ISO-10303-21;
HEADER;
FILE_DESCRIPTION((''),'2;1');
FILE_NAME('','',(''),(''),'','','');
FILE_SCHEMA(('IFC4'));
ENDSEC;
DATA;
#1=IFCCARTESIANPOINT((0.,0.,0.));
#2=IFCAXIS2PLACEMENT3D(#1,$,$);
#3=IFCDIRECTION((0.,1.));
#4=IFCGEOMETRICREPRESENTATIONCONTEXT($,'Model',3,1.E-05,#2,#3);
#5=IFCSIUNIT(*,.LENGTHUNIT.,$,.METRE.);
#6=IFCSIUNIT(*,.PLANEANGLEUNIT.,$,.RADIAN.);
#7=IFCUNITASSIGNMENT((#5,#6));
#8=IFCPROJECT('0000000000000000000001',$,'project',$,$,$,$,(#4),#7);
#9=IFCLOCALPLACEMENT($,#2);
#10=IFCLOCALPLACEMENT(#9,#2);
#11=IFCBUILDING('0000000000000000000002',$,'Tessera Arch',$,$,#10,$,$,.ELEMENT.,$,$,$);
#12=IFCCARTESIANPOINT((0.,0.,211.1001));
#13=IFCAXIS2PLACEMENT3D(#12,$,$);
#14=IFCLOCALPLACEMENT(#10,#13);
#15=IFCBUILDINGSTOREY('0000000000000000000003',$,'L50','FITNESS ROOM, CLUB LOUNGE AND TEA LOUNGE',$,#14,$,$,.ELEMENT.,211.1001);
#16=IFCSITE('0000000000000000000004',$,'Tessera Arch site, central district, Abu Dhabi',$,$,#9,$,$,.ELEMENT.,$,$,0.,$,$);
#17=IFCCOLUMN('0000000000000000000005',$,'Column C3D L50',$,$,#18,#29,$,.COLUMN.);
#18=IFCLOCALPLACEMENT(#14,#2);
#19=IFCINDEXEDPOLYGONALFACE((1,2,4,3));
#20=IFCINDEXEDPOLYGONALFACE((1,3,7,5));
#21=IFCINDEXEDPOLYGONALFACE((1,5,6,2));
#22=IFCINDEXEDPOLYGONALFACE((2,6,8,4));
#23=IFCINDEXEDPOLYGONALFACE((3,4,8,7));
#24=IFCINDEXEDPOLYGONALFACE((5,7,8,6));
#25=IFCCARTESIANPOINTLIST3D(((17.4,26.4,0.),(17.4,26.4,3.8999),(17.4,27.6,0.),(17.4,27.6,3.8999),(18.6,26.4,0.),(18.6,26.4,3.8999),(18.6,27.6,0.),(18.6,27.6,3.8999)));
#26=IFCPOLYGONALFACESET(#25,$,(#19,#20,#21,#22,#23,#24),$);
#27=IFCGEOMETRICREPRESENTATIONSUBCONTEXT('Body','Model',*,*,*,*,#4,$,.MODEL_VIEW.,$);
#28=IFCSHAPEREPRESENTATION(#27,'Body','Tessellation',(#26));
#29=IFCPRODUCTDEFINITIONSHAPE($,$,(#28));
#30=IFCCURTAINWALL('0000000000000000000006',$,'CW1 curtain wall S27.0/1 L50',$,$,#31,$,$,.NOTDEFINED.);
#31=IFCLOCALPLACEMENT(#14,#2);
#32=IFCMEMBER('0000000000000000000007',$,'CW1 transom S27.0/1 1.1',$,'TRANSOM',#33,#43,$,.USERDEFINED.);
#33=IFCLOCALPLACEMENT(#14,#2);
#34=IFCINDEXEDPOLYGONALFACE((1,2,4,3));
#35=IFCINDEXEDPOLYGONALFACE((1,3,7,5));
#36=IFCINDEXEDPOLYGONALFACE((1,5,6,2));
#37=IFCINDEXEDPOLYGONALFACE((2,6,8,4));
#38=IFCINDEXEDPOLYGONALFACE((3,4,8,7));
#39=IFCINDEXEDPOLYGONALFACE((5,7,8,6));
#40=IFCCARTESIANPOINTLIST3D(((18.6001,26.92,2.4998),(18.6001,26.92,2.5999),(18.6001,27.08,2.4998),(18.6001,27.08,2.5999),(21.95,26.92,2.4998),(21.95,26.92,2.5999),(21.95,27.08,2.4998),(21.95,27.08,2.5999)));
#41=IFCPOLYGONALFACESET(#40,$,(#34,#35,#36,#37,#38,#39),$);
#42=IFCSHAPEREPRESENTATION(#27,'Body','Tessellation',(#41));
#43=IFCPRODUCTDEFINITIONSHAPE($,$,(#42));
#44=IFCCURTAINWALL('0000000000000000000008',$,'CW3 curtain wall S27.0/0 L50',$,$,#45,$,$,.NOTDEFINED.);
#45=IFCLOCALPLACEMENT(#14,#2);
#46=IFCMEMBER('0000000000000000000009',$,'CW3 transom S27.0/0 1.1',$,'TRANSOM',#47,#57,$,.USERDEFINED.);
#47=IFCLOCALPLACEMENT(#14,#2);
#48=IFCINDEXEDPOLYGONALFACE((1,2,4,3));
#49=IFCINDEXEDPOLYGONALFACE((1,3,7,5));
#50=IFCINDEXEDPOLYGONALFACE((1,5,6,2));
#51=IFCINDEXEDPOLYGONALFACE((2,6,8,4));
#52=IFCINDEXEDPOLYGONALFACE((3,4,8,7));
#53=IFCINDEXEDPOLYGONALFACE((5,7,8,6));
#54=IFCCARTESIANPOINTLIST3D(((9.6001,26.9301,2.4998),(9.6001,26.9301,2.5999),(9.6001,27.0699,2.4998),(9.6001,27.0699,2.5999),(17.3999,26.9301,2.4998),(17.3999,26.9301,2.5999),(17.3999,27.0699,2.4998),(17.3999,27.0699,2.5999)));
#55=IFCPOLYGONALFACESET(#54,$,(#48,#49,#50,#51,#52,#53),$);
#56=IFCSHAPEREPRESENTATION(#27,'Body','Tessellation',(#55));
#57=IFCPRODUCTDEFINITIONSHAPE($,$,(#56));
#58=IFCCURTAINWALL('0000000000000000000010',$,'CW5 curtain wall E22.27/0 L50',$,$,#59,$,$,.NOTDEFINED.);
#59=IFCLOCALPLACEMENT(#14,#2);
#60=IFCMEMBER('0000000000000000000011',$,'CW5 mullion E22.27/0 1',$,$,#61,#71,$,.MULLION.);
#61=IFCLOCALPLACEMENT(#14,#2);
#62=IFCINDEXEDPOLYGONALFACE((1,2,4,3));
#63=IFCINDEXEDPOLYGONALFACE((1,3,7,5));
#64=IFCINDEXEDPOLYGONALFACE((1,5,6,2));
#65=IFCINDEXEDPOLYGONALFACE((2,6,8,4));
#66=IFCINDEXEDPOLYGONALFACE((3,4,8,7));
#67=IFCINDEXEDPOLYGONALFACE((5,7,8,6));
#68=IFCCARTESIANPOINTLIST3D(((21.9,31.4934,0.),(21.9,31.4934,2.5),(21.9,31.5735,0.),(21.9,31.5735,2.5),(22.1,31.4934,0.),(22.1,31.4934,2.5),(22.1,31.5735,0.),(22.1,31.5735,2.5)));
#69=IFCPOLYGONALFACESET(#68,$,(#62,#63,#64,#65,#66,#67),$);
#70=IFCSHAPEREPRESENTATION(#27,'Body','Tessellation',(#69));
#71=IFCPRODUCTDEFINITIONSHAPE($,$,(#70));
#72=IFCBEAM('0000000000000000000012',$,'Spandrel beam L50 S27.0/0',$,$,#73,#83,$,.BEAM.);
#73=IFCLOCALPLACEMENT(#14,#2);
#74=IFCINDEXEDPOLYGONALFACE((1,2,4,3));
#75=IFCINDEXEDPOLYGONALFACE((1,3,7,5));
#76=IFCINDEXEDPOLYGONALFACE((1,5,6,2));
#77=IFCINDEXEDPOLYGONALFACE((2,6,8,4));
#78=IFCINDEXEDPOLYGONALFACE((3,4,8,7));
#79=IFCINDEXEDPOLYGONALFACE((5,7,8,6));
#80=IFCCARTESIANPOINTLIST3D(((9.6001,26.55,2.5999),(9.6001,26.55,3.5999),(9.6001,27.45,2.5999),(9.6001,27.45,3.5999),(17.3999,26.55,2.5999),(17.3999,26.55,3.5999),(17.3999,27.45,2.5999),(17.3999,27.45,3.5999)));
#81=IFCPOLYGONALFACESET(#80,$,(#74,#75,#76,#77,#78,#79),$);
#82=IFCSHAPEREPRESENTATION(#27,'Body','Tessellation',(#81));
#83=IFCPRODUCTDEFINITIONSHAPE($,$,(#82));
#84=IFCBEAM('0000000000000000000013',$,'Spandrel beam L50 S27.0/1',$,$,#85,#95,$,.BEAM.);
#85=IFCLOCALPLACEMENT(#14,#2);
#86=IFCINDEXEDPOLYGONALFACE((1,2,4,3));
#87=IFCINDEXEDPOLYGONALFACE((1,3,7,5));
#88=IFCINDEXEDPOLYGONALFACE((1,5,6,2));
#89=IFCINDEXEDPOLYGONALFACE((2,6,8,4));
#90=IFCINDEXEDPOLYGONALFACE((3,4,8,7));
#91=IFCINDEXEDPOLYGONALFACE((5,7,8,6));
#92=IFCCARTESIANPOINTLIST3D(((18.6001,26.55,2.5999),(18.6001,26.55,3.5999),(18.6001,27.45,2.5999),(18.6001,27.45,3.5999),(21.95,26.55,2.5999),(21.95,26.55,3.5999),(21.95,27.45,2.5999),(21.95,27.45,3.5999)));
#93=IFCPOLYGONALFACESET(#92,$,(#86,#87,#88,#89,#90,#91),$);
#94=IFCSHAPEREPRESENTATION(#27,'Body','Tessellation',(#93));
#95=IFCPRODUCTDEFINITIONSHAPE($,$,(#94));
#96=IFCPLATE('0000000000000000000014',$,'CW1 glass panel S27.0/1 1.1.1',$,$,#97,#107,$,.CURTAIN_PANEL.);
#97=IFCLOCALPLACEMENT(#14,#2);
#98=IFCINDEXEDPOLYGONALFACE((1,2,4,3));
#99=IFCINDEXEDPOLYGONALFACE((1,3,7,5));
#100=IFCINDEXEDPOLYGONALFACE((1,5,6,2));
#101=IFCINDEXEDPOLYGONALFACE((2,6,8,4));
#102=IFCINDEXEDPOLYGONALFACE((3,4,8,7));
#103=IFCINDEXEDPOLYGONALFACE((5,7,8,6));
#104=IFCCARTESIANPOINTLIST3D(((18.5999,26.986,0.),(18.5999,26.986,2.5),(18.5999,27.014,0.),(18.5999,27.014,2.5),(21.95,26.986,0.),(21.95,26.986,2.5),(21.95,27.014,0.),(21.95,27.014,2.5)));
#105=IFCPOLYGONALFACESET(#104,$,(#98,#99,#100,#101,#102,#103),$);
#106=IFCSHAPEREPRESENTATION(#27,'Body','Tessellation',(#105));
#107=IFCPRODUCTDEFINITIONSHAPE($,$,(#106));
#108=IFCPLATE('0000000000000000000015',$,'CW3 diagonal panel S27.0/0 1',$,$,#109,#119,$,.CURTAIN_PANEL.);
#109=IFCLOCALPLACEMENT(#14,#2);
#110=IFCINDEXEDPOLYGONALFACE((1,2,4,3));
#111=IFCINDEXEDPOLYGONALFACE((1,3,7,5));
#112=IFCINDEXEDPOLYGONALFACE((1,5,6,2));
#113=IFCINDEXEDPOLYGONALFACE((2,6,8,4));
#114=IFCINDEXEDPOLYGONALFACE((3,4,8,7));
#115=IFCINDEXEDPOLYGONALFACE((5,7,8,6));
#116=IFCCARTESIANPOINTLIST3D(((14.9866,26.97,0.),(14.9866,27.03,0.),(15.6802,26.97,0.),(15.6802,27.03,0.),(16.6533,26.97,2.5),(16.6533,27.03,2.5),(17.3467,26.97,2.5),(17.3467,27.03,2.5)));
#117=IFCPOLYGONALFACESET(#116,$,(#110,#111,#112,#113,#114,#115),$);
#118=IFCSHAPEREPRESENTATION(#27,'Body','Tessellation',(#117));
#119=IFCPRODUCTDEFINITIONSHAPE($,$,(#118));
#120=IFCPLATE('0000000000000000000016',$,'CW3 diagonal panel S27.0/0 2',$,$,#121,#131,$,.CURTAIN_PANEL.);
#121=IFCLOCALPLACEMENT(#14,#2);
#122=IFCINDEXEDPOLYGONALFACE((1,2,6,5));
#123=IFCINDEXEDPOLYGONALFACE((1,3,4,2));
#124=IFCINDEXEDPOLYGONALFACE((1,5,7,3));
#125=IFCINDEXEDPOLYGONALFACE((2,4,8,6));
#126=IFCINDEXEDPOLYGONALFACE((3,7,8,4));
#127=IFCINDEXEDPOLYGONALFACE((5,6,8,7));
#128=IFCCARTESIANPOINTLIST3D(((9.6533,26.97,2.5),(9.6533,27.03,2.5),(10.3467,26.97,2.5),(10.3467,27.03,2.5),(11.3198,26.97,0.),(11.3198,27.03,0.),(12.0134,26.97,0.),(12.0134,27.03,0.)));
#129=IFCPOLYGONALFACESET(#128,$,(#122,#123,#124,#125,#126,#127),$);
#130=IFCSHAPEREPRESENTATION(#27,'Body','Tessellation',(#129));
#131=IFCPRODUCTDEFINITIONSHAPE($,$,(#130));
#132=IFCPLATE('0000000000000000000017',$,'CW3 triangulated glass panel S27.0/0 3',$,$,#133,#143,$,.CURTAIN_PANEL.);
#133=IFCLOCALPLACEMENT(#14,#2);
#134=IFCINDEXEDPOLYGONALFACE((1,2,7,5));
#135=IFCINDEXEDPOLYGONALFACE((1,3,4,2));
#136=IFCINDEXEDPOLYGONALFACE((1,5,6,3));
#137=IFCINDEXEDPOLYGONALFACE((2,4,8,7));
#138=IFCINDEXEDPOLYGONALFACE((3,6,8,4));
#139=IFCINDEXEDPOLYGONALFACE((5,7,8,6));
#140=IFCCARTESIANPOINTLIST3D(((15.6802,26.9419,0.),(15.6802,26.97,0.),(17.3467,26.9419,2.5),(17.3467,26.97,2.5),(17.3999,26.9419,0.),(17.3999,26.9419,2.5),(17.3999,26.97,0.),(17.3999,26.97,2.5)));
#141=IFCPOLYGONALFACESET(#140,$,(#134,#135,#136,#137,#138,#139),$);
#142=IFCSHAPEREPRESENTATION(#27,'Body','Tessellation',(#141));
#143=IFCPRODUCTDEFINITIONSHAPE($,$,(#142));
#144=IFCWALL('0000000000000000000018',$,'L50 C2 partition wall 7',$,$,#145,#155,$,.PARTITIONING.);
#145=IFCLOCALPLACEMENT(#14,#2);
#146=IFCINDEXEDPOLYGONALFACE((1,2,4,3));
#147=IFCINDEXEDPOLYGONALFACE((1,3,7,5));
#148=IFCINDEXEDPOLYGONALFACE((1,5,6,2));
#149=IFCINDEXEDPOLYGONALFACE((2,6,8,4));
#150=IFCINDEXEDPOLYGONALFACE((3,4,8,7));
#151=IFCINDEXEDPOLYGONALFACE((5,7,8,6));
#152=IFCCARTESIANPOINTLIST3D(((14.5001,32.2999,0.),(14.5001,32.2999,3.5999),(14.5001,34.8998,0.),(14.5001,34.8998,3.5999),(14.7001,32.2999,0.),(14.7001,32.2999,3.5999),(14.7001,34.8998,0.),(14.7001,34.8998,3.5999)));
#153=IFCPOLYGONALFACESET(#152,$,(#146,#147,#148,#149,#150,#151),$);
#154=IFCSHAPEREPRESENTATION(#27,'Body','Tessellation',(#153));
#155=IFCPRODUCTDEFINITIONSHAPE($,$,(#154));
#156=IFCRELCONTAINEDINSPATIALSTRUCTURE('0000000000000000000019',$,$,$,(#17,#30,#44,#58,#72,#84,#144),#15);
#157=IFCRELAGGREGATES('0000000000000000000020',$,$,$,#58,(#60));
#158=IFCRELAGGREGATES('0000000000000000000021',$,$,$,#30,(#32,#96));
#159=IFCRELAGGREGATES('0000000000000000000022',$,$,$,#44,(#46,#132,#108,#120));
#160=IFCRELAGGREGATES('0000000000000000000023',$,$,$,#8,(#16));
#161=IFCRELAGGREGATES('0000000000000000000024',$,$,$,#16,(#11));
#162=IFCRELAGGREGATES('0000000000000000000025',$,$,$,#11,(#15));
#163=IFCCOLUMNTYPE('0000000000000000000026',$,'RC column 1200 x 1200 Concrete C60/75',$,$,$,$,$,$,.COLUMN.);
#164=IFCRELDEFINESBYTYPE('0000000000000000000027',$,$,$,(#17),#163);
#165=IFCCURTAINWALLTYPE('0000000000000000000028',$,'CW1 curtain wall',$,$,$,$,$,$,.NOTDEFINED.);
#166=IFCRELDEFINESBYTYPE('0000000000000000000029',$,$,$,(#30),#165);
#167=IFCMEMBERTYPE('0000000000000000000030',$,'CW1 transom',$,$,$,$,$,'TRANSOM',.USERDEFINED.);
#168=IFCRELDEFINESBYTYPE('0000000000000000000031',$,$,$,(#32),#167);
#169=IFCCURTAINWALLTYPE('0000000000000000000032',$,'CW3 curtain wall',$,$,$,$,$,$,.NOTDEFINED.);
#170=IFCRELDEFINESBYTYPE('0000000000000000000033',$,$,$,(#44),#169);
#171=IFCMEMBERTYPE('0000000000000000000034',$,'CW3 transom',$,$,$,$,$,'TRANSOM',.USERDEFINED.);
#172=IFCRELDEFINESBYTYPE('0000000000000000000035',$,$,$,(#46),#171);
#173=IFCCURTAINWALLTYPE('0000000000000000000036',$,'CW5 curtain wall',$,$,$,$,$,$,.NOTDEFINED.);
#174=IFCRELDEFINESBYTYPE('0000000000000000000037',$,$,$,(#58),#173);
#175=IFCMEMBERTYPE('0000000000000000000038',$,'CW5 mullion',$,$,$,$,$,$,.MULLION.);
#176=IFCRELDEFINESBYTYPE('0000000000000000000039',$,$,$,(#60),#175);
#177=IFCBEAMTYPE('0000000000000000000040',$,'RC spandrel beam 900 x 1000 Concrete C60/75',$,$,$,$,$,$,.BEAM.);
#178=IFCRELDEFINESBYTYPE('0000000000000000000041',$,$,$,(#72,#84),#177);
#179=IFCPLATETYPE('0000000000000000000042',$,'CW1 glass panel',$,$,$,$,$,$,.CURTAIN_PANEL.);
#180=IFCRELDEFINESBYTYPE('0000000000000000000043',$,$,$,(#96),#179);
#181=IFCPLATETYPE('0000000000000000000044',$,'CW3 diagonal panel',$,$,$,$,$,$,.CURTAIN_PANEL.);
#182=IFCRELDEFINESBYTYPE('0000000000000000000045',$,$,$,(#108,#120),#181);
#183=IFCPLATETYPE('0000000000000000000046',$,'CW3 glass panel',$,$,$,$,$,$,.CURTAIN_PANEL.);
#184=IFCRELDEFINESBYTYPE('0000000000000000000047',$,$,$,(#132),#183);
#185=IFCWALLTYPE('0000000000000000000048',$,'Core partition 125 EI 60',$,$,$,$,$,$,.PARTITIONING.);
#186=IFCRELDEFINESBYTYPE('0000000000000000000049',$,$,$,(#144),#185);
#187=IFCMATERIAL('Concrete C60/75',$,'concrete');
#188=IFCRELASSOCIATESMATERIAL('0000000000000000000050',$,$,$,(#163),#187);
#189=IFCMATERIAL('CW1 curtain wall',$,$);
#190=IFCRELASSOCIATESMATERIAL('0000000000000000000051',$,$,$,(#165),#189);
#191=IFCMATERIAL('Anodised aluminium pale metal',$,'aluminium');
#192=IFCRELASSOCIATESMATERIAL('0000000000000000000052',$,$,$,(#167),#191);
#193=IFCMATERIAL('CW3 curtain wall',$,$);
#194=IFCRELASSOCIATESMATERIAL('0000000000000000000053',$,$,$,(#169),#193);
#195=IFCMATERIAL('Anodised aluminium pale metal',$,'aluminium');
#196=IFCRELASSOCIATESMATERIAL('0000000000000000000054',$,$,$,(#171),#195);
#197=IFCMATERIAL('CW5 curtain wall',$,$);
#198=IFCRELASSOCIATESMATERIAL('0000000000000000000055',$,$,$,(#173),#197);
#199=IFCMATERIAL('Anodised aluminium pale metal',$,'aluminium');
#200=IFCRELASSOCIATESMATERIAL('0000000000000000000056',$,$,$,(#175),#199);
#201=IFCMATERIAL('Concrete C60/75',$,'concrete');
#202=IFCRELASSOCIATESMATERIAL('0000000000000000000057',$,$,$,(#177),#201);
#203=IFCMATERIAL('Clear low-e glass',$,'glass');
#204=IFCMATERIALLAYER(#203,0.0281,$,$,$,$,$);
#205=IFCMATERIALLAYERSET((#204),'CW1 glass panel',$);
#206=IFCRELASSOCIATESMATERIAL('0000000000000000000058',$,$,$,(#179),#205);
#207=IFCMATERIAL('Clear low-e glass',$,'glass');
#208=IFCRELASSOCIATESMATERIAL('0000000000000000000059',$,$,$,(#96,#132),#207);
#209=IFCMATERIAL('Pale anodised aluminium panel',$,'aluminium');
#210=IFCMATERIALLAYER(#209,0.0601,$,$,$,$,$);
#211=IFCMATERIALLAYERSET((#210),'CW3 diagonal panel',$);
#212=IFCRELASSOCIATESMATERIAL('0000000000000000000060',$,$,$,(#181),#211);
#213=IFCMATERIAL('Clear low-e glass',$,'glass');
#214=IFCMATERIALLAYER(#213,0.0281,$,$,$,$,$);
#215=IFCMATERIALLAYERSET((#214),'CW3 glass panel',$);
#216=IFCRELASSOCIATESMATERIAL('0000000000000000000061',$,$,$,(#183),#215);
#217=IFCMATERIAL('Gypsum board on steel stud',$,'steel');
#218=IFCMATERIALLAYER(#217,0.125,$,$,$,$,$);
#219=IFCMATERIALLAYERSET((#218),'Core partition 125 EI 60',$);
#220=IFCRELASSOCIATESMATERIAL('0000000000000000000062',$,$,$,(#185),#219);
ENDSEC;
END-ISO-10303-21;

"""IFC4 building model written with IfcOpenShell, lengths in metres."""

from ifc_helpers import new_model, si_unit, direction, frame, frame_2d, origin, origin_2d, place, context, subcontext, project, spatial, polyline, rectangle, outline, extrude, material, layer, layer_set, material_profile, profile_set, type_object, element, aggregate, save


model = new_model("IFC4")

# Units and contexts
model_context = context("Model", 3, precision=1e-05, world=origin(), true_north=direction((0.0, 1.0)))
body_context = subcontext(model_context, "Body", "Model", "MODEL_VIEW")
ifc_project = project(units=[si_unit("LENGTHUNIT", "METRE"), si_unit("PLANEANGLEUNIT", "RADIAN")], contexts=[model_context])

# Site, building, storey
site_placement = place(None, origin())
site = spatial("IfcSite", under=ifc_project, at=site_placement, Name="Tessera Arch site, central district, Abu Dhabi", CompositionType="ELEMENT", RefElevation=0.0)
building_placement = place(site_placement, origin())
building = spatial("IfcBuilding", under=site, at=building_placement, Name="Tessera Arch", CompositionType="ELEMENT")
storey_placement = place(building_placement, frame((0.0, 0.0, 211.1001)))
storey = spatial("IfcBuildingStorey", under=building, at=storey_placement, Name="L50", Description="FITNESS ROOM, CLUB LOUNGE AND TEA LOUNGE", CompositionType="ELEMENT", Elevation=211.1001)

# Column
ifc_material_1 = material(Name="Concrete C60/75", Category="concrete")
ifc_material_profile_1 = material_profile(ifc_material_1, rectangle(XDim=1.2, YDim=1.2, at=origin_2d()), Name="RC column 1200 x 1200 Concrete C60/75")
ifc_profile_set_1 = profile_set([ifc_material_profile_1], Name="Concrete C60/75")
column_type = type_object("IfcColumnType", Name="RC column 1200 x 1200 Concrete C60/75", PredefinedType="COLUMN", material=ifc_profile_set_1)
column_placement = place(storey_placement, frame((18.0, 27.0, 0.0), z_axis=(0.0, 0.0, 1.0), x_axis=(1.0, 0.0, 0.0)))
element("IfcColumn", 1, at=column_placement, inside=storey, type_object=column_type, Name="Column C3D L50", PredefinedType="COLUMN", context=body_context, shape_type="SweptSolid", body=[
    extrude(rectangle(XDim=1.2, YDim=1.2, at=origin_2d()), origin(), (0.0, 0.0, 1.0), 3.8999),
])

# Curtain walls, members
ifc_material_2 = material(Name="CW1 curtain wall")
curtain_wall_type_1 = type_object("IfcCurtainWallType", Name="CW1 curtain wall", PredefinedType="NOTDEFINED", material=ifc_material_2)
curtain_wall_1_placement = place(storey_placement, origin())
curtain_wall_1 = element("IfcCurtainWall", 2, at=curtain_wall_1_placement, inside=storey, type_object=curtain_wall_type_1, Name="CW1 curtain wall S27.0/1 L50", PredefinedType="NOTDEFINED")
ifc_material_3 = material(Name="Anodised aluminium pale metal", Category="aluminium")
ifc_material_profile_2 = material_profile(ifc_material_3, rectangle(XDim=0.1599, YDim=0.1001, at=origin_2d()), Name="AL 160x100")
ifc_profile_set_2 = profile_set([ifc_material_profile_2], Name="Anodised aluminium pale metal")
member_type_1 = type_object("IfcMemberType", Name="CW1 transom", ElementType="TRANSOM", PredefinedType="USERDEFINED", material=ifc_profile_set_2)
member_1_placement = place(storey_placement, frame((18.6001, 27.0, 2.5498), z_axis=(1.0, 0.0, 0.0), x_axis=(0.0, 1.0, 0.0)))
member_1 = element("IfcMember", 3, at=member_1_placement, type_object=member_type_1, Name="CW1 transom S27.0/1 1.1", ObjectType="TRANSOM", PredefinedType="USERDEFINED", context=body_context, shape_type="SweptSolid", body=[
    extrude(rectangle(XDim=0.1599, YDim=0.1001, at=origin_2d()), origin(), (0.0, 0.0, 1.0), 3.3499),
])
ifc_material_4 = material(Name="CW3 curtain wall")
curtain_wall_type_2 = type_object("IfcCurtainWallType", Name="CW3 curtain wall", PredefinedType="NOTDEFINED", material=ifc_material_4)
curtain_wall_2_placement = place(storey_placement, origin())
curtain_wall_2 = element("IfcCurtainWall", 4, at=curtain_wall_2_placement, inside=storey, type_object=curtain_wall_type_2, Name="CW3 curtain wall S27.0/0 L50", PredefinedType="NOTDEFINED")
ifc_material_5 = material(Name="Anodised aluminium pale metal", Category="aluminium")
ifc_material_profile_3 = material_profile(ifc_material_5, rectangle(XDim=0.1399, YDim=0.1001, at=origin_2d()), Name="AL 140x100")
ifc_profile_set_3 = profile_set([ifc_material_profile_3], Name="Anodised aluminium pale metal")
member_type_2 = type_object("IfcMemberType", Name="CW3 transom", ElementType="TRANSOM", PredefinedType="USERDEFINED", material=ifc_profile_set_3)
member_2_placement = place(storey_placement, frame((9.6001, 27.0, 2.5498), z_axis=(1.0, 0.0, 0.0), x_axis=(0.0, 1.0, 0.0)))
member_2 = element("IfcMember", 5, at=member_2_placement, type_object=member_type_2, Name="CW3 transom S27.0/0 1.1", ObjectType="TRANSOM", PredefinedType="USERDEFINED", context=body_context, shape_type="SweptSolid", body=[
    extrude(rectangle(XDim=0.1399, YDim=0.1001, at=origin_2d()), origin(), (0.0, 0.0, 1.0), 7.7998),
])
ifc_material_6 = material(Name="CW5 curtain wall")
curtain_wall_type_3 = type_object("IfcCurtainWallType", Name="CW5 curtain wall", PredefinedType="NOTDEFINED", material=ifc_material_6)
curtain_wall_3_placement = place(storey_placement, origin())
curtain_wall_3 = element("IfcCurtainWall", 6, at=curtain_wall_3_placement, inside=storey, type_object=curtain_wall_type_3, Name="CW5 curtain wall E22.27/0 L50", PredefinedType="NOTDEFINED")
ifc_material_7 = material(Name="Anodised aluminium pale metal", Category="aluminium")
ifc_material_profile_4 = material_profile(ifc_material_7, rectangle(XDim=0.2, YDim=0.0801, at=origin_2d()), Name="AL 80x200")
ifc_profile_set_4 = profile_set([ifc_material_profile_4], Name="Anodised aluminium pale metal")
member_type_3 = type_object("IfcMemberType", Name="CW5 mullion", PredefinedType="MULLION", material=ifc_profile_set_4)
member_3_placement = place(storey_placement, frame((22.0, 31.5334, 0.0), z_axis=(0.0, 0.0, 1.0), x_axis=(-1.0, 0.0, 0.0)))
member_3 = element("IfcMember", 7, at=member_3_placement, type_object=member_type_3, Name="CW5 mullion E22.27/0 1", PredefinedType="MULLION", context=body_context, shape_type="SweptSolid", body=[
    extrude(rectangle(XDim=0.2, YDim=0.0801, at=origin_2d()), origin(), (0.0, 0.0, 1.0), 2.5),
])
aggregate(curtain_wall_3, [member_3])

# Beams
ifc_material_8 = material(Name="Concrete C60/75", Category="concrete")
ifc_material_profile_5 = material_profile(ifc_material_8, rectangle(XDim=0.8999, YDim=1.0, at=origin_2d()), Name="RC spandrel beam 900 x 1000 Concrete C60/75")
ifc_profile_set_5 = profile_set([ifc_material_profile_5], Name="Concrete C60/75")
beam_type = type_object("IfcBeamType", Name="RC spandrel beam 900 x 1000 Concrete C60/75", PredefinedType="BEAM", material=ifc_profile_set_5)
beam_1_placement = place(storey_placement, frame((9.6001, 27.0, 3.0999), z_axis=(1.0, 0.0, 0.0), x_axis=(0.0, 1.0, 0.0)))
element("IfcBeam", 8, at=beam_1_placement, inside=storey, type_object=beam_type, Name="Spandrel beam L50 S27.0/0", PredefinedType="BEAM", context=body_context, shape_type="SweptSolid", body=[
    extrude(rectangle(XDim=0.8999, YDim=1.0, at=origin_2d()), origin(), (0.0, 0.0, 1.0), 7.7998),
])
beam_2_placement = place(storey_placement, frame((18.6001, 27.0, 3.0999), z_axis=(1.0, 0.0, 0.0), x_axis=(0.0, 1.0, 0.0)))
element("IfcBeam", 9, at=beam_2_placement, inside=storey, type_object=beam_type, Name="Spandrel beam L50 S27.0/1", PredefinedType="BEAM", context=body_context, shape_type="SweptSolid", body=[
    extrude(rectangle(XDim=0.8999, YDim=1.0, at=origin_2d()), origin(), (0.0, 0.0, 1.0), 3.3499),
])

# Plates
ifc_material_9 = material(Name="Clear low-e glass", Category="glass")
ifc_material_10 = material(Name="Clear low-e glass", Category="glass")
ifc_layer_1 = layer(ifc_material_10, 0.0281)
ifc_layer_set_1 = layer_set([ifc_layer_1], Name="CW1 glass panel")
plate_type_1 = type_object("IfcPlateType", Name="CW1 glass panel", PredefinedType="CURTAIN_PANEL", material=ifc_layer_set_1)
plate_1_placement = place(storey_placement, frame((20.2749, 27.0, 0.0), z_axis=(0.0, 0.0, 1.0), x_axis=(1.0, 0.0, 0.0)))
plate_1 = element("IfcPlate", 10, at=plate_1_placement, type_object=plate_type_1, material=ifc_material_9, Name="CW1 glass panel S27.0/1 1.1.1", PredefinedType="CURTAIN_PANEL", context=body_context, shape_type="SweptSolid", body=[
    extrude(rectangle(XDim=3.3501, YDim=0.0281, at=origin_2d()), origin(), (0.0, 0.0, 1.0), 2.5),
])
aggregate(curtain_wall_1, [member_1, plate_1])
ifc_material_11 = material(Name="Pale anodised aluminium panel", Category="aluminium")
ifc_layer_2 = layer(ifc_material_11, 0.0601)
ifc_layer_set_2 = layer_set([ifc_layer_2], Name="CW3 diagonal panel")
plate_type_2 = type_object("IfcPlateType", Name="CW3 diagonal panel", PredefinedType="CURTAIN_PANEL", material=ifc_layer_set_2)
plate_2_placement = place(storey_placement, frame((17.3467, 26.97, 2.5), z_axis=(0.0, -1.0, 0.0), x_axis=(-1.0, 0.0, 0.0)))
plate_2 = element("IfcPlate", 11, at=plate_2_placement, type_object=plate_type_2, Name="CW3 diagonal panel S27.0/0 1", PredefinedType="CURTAIN_PANEL", context=body_context, shape_type="SweptSolid", body=[
    extrude(outline(polyline([(0.0, 0.0), (0.6934, 0.0), (2.3601, 2.5), (1.6665, 2.5), (0.0, 0.0)])), origin(), (0.0, 0.0, -1.0), 0.0601),
])
plate_3_placement = place(storey_placement, frame((10.3467, 26.97, 2.5), z_axis=(0.0, -1.0, 0.0), x_axis=(-1.0, 0.0, 0.0)))
plate_3 = element("IfcPlate", 12, at=plate_3_placement, type_object=plate_type_2, Name="CW3 diagonal panel S27.0/0 2", PredefinedType="CURTAIN_PANEL", context=body_context, shape_type="SweptSolid", body=[
    extrude(outline(polyline([(0.0, 0.0), (0.6934, 0.0), (-0.9731, 2.5), (-1.6667, 2.5), (0.0, 0.0)])), origin(), (0.0, 0.0, -1.0), 0.0601),
])
ifc_material_12 = material(Name="Clear low-e glass", Category="glass")
ifc_layer_3 = layer(ifc_material_12, 0.0281)
ifc_layer_set_3 = layer_set([ifc_layer_3], Name="CW3 glass panel")
plate_type_3 = type_object("IfcPlateType", Name="CW3 glass panel", PredefinedType="CURTAIN_PANEL", material=ifc_layer_set_3)
plate_4_placement = place(storey_placement, frame((17.3999, 26.9419, 2.5), z_axis=(0.0, -1.0, 0.0), x_axis=(-1.0, 0.0, 0.0)))
plate_4 = element("IfcPlate", 13, at=plate_4_placement, type_object=plate_type_3, material=ifc_material_9, Name="CW3 triangulated glass panel S27.0/0 3", PredefinedType="CURTAIN_PANEL", context=body_context, shape_type="SweptSolid", body=[
    extrude(outline(polyline([(0.0, 0.0), (0.0532, 0.0), (1.7197, 2.5), (0.0, 2.5), (0.0, 0.0)])), origin(), (0.0, 0.0, -1.0), 0.0281),
])
aggregate(curtain_wall_2, [member_2, plate_4, plate_2, plate_3])

# Wall
ifc_material_13 = material(Name="Gypsum board on steel stud", Category="steel")
ifc_layer_4 = layer(ifc_material_13, 0.125)
ifc_layer_set_4 = layer_set([ifc_layer_4], Name="Core partition 125 EI 60")
wall_type_1 = type_object("IfcWallType", Name="Core partition 125 EI 60", PredefinedType="PARTITIONING", material=ifc_layer_set_4)
wall_1_placement = place(storey_placement, frame((14.6001, 32.3, 0.0), z_axis=(0.0, 0.0, 1.0), x_axis=(0.0, 1.0, 0.0)))
element("IfcWall", 14, at=wall_1_placement, inside=storey, type_object=wall_type_1, Name="L50 C2 partition wall 7", PredefinedType="PARTITIONING", context=body_context, shape_type="SweptSolid", body=[
    extrude(rectangle(XDim=2.5999, YDim=0.2, at=frame_2d((1.2998, 0.0))), origin(), (0.0, 0.0, 1.0), 3.5999),
])

save(model, "model.ifc")
